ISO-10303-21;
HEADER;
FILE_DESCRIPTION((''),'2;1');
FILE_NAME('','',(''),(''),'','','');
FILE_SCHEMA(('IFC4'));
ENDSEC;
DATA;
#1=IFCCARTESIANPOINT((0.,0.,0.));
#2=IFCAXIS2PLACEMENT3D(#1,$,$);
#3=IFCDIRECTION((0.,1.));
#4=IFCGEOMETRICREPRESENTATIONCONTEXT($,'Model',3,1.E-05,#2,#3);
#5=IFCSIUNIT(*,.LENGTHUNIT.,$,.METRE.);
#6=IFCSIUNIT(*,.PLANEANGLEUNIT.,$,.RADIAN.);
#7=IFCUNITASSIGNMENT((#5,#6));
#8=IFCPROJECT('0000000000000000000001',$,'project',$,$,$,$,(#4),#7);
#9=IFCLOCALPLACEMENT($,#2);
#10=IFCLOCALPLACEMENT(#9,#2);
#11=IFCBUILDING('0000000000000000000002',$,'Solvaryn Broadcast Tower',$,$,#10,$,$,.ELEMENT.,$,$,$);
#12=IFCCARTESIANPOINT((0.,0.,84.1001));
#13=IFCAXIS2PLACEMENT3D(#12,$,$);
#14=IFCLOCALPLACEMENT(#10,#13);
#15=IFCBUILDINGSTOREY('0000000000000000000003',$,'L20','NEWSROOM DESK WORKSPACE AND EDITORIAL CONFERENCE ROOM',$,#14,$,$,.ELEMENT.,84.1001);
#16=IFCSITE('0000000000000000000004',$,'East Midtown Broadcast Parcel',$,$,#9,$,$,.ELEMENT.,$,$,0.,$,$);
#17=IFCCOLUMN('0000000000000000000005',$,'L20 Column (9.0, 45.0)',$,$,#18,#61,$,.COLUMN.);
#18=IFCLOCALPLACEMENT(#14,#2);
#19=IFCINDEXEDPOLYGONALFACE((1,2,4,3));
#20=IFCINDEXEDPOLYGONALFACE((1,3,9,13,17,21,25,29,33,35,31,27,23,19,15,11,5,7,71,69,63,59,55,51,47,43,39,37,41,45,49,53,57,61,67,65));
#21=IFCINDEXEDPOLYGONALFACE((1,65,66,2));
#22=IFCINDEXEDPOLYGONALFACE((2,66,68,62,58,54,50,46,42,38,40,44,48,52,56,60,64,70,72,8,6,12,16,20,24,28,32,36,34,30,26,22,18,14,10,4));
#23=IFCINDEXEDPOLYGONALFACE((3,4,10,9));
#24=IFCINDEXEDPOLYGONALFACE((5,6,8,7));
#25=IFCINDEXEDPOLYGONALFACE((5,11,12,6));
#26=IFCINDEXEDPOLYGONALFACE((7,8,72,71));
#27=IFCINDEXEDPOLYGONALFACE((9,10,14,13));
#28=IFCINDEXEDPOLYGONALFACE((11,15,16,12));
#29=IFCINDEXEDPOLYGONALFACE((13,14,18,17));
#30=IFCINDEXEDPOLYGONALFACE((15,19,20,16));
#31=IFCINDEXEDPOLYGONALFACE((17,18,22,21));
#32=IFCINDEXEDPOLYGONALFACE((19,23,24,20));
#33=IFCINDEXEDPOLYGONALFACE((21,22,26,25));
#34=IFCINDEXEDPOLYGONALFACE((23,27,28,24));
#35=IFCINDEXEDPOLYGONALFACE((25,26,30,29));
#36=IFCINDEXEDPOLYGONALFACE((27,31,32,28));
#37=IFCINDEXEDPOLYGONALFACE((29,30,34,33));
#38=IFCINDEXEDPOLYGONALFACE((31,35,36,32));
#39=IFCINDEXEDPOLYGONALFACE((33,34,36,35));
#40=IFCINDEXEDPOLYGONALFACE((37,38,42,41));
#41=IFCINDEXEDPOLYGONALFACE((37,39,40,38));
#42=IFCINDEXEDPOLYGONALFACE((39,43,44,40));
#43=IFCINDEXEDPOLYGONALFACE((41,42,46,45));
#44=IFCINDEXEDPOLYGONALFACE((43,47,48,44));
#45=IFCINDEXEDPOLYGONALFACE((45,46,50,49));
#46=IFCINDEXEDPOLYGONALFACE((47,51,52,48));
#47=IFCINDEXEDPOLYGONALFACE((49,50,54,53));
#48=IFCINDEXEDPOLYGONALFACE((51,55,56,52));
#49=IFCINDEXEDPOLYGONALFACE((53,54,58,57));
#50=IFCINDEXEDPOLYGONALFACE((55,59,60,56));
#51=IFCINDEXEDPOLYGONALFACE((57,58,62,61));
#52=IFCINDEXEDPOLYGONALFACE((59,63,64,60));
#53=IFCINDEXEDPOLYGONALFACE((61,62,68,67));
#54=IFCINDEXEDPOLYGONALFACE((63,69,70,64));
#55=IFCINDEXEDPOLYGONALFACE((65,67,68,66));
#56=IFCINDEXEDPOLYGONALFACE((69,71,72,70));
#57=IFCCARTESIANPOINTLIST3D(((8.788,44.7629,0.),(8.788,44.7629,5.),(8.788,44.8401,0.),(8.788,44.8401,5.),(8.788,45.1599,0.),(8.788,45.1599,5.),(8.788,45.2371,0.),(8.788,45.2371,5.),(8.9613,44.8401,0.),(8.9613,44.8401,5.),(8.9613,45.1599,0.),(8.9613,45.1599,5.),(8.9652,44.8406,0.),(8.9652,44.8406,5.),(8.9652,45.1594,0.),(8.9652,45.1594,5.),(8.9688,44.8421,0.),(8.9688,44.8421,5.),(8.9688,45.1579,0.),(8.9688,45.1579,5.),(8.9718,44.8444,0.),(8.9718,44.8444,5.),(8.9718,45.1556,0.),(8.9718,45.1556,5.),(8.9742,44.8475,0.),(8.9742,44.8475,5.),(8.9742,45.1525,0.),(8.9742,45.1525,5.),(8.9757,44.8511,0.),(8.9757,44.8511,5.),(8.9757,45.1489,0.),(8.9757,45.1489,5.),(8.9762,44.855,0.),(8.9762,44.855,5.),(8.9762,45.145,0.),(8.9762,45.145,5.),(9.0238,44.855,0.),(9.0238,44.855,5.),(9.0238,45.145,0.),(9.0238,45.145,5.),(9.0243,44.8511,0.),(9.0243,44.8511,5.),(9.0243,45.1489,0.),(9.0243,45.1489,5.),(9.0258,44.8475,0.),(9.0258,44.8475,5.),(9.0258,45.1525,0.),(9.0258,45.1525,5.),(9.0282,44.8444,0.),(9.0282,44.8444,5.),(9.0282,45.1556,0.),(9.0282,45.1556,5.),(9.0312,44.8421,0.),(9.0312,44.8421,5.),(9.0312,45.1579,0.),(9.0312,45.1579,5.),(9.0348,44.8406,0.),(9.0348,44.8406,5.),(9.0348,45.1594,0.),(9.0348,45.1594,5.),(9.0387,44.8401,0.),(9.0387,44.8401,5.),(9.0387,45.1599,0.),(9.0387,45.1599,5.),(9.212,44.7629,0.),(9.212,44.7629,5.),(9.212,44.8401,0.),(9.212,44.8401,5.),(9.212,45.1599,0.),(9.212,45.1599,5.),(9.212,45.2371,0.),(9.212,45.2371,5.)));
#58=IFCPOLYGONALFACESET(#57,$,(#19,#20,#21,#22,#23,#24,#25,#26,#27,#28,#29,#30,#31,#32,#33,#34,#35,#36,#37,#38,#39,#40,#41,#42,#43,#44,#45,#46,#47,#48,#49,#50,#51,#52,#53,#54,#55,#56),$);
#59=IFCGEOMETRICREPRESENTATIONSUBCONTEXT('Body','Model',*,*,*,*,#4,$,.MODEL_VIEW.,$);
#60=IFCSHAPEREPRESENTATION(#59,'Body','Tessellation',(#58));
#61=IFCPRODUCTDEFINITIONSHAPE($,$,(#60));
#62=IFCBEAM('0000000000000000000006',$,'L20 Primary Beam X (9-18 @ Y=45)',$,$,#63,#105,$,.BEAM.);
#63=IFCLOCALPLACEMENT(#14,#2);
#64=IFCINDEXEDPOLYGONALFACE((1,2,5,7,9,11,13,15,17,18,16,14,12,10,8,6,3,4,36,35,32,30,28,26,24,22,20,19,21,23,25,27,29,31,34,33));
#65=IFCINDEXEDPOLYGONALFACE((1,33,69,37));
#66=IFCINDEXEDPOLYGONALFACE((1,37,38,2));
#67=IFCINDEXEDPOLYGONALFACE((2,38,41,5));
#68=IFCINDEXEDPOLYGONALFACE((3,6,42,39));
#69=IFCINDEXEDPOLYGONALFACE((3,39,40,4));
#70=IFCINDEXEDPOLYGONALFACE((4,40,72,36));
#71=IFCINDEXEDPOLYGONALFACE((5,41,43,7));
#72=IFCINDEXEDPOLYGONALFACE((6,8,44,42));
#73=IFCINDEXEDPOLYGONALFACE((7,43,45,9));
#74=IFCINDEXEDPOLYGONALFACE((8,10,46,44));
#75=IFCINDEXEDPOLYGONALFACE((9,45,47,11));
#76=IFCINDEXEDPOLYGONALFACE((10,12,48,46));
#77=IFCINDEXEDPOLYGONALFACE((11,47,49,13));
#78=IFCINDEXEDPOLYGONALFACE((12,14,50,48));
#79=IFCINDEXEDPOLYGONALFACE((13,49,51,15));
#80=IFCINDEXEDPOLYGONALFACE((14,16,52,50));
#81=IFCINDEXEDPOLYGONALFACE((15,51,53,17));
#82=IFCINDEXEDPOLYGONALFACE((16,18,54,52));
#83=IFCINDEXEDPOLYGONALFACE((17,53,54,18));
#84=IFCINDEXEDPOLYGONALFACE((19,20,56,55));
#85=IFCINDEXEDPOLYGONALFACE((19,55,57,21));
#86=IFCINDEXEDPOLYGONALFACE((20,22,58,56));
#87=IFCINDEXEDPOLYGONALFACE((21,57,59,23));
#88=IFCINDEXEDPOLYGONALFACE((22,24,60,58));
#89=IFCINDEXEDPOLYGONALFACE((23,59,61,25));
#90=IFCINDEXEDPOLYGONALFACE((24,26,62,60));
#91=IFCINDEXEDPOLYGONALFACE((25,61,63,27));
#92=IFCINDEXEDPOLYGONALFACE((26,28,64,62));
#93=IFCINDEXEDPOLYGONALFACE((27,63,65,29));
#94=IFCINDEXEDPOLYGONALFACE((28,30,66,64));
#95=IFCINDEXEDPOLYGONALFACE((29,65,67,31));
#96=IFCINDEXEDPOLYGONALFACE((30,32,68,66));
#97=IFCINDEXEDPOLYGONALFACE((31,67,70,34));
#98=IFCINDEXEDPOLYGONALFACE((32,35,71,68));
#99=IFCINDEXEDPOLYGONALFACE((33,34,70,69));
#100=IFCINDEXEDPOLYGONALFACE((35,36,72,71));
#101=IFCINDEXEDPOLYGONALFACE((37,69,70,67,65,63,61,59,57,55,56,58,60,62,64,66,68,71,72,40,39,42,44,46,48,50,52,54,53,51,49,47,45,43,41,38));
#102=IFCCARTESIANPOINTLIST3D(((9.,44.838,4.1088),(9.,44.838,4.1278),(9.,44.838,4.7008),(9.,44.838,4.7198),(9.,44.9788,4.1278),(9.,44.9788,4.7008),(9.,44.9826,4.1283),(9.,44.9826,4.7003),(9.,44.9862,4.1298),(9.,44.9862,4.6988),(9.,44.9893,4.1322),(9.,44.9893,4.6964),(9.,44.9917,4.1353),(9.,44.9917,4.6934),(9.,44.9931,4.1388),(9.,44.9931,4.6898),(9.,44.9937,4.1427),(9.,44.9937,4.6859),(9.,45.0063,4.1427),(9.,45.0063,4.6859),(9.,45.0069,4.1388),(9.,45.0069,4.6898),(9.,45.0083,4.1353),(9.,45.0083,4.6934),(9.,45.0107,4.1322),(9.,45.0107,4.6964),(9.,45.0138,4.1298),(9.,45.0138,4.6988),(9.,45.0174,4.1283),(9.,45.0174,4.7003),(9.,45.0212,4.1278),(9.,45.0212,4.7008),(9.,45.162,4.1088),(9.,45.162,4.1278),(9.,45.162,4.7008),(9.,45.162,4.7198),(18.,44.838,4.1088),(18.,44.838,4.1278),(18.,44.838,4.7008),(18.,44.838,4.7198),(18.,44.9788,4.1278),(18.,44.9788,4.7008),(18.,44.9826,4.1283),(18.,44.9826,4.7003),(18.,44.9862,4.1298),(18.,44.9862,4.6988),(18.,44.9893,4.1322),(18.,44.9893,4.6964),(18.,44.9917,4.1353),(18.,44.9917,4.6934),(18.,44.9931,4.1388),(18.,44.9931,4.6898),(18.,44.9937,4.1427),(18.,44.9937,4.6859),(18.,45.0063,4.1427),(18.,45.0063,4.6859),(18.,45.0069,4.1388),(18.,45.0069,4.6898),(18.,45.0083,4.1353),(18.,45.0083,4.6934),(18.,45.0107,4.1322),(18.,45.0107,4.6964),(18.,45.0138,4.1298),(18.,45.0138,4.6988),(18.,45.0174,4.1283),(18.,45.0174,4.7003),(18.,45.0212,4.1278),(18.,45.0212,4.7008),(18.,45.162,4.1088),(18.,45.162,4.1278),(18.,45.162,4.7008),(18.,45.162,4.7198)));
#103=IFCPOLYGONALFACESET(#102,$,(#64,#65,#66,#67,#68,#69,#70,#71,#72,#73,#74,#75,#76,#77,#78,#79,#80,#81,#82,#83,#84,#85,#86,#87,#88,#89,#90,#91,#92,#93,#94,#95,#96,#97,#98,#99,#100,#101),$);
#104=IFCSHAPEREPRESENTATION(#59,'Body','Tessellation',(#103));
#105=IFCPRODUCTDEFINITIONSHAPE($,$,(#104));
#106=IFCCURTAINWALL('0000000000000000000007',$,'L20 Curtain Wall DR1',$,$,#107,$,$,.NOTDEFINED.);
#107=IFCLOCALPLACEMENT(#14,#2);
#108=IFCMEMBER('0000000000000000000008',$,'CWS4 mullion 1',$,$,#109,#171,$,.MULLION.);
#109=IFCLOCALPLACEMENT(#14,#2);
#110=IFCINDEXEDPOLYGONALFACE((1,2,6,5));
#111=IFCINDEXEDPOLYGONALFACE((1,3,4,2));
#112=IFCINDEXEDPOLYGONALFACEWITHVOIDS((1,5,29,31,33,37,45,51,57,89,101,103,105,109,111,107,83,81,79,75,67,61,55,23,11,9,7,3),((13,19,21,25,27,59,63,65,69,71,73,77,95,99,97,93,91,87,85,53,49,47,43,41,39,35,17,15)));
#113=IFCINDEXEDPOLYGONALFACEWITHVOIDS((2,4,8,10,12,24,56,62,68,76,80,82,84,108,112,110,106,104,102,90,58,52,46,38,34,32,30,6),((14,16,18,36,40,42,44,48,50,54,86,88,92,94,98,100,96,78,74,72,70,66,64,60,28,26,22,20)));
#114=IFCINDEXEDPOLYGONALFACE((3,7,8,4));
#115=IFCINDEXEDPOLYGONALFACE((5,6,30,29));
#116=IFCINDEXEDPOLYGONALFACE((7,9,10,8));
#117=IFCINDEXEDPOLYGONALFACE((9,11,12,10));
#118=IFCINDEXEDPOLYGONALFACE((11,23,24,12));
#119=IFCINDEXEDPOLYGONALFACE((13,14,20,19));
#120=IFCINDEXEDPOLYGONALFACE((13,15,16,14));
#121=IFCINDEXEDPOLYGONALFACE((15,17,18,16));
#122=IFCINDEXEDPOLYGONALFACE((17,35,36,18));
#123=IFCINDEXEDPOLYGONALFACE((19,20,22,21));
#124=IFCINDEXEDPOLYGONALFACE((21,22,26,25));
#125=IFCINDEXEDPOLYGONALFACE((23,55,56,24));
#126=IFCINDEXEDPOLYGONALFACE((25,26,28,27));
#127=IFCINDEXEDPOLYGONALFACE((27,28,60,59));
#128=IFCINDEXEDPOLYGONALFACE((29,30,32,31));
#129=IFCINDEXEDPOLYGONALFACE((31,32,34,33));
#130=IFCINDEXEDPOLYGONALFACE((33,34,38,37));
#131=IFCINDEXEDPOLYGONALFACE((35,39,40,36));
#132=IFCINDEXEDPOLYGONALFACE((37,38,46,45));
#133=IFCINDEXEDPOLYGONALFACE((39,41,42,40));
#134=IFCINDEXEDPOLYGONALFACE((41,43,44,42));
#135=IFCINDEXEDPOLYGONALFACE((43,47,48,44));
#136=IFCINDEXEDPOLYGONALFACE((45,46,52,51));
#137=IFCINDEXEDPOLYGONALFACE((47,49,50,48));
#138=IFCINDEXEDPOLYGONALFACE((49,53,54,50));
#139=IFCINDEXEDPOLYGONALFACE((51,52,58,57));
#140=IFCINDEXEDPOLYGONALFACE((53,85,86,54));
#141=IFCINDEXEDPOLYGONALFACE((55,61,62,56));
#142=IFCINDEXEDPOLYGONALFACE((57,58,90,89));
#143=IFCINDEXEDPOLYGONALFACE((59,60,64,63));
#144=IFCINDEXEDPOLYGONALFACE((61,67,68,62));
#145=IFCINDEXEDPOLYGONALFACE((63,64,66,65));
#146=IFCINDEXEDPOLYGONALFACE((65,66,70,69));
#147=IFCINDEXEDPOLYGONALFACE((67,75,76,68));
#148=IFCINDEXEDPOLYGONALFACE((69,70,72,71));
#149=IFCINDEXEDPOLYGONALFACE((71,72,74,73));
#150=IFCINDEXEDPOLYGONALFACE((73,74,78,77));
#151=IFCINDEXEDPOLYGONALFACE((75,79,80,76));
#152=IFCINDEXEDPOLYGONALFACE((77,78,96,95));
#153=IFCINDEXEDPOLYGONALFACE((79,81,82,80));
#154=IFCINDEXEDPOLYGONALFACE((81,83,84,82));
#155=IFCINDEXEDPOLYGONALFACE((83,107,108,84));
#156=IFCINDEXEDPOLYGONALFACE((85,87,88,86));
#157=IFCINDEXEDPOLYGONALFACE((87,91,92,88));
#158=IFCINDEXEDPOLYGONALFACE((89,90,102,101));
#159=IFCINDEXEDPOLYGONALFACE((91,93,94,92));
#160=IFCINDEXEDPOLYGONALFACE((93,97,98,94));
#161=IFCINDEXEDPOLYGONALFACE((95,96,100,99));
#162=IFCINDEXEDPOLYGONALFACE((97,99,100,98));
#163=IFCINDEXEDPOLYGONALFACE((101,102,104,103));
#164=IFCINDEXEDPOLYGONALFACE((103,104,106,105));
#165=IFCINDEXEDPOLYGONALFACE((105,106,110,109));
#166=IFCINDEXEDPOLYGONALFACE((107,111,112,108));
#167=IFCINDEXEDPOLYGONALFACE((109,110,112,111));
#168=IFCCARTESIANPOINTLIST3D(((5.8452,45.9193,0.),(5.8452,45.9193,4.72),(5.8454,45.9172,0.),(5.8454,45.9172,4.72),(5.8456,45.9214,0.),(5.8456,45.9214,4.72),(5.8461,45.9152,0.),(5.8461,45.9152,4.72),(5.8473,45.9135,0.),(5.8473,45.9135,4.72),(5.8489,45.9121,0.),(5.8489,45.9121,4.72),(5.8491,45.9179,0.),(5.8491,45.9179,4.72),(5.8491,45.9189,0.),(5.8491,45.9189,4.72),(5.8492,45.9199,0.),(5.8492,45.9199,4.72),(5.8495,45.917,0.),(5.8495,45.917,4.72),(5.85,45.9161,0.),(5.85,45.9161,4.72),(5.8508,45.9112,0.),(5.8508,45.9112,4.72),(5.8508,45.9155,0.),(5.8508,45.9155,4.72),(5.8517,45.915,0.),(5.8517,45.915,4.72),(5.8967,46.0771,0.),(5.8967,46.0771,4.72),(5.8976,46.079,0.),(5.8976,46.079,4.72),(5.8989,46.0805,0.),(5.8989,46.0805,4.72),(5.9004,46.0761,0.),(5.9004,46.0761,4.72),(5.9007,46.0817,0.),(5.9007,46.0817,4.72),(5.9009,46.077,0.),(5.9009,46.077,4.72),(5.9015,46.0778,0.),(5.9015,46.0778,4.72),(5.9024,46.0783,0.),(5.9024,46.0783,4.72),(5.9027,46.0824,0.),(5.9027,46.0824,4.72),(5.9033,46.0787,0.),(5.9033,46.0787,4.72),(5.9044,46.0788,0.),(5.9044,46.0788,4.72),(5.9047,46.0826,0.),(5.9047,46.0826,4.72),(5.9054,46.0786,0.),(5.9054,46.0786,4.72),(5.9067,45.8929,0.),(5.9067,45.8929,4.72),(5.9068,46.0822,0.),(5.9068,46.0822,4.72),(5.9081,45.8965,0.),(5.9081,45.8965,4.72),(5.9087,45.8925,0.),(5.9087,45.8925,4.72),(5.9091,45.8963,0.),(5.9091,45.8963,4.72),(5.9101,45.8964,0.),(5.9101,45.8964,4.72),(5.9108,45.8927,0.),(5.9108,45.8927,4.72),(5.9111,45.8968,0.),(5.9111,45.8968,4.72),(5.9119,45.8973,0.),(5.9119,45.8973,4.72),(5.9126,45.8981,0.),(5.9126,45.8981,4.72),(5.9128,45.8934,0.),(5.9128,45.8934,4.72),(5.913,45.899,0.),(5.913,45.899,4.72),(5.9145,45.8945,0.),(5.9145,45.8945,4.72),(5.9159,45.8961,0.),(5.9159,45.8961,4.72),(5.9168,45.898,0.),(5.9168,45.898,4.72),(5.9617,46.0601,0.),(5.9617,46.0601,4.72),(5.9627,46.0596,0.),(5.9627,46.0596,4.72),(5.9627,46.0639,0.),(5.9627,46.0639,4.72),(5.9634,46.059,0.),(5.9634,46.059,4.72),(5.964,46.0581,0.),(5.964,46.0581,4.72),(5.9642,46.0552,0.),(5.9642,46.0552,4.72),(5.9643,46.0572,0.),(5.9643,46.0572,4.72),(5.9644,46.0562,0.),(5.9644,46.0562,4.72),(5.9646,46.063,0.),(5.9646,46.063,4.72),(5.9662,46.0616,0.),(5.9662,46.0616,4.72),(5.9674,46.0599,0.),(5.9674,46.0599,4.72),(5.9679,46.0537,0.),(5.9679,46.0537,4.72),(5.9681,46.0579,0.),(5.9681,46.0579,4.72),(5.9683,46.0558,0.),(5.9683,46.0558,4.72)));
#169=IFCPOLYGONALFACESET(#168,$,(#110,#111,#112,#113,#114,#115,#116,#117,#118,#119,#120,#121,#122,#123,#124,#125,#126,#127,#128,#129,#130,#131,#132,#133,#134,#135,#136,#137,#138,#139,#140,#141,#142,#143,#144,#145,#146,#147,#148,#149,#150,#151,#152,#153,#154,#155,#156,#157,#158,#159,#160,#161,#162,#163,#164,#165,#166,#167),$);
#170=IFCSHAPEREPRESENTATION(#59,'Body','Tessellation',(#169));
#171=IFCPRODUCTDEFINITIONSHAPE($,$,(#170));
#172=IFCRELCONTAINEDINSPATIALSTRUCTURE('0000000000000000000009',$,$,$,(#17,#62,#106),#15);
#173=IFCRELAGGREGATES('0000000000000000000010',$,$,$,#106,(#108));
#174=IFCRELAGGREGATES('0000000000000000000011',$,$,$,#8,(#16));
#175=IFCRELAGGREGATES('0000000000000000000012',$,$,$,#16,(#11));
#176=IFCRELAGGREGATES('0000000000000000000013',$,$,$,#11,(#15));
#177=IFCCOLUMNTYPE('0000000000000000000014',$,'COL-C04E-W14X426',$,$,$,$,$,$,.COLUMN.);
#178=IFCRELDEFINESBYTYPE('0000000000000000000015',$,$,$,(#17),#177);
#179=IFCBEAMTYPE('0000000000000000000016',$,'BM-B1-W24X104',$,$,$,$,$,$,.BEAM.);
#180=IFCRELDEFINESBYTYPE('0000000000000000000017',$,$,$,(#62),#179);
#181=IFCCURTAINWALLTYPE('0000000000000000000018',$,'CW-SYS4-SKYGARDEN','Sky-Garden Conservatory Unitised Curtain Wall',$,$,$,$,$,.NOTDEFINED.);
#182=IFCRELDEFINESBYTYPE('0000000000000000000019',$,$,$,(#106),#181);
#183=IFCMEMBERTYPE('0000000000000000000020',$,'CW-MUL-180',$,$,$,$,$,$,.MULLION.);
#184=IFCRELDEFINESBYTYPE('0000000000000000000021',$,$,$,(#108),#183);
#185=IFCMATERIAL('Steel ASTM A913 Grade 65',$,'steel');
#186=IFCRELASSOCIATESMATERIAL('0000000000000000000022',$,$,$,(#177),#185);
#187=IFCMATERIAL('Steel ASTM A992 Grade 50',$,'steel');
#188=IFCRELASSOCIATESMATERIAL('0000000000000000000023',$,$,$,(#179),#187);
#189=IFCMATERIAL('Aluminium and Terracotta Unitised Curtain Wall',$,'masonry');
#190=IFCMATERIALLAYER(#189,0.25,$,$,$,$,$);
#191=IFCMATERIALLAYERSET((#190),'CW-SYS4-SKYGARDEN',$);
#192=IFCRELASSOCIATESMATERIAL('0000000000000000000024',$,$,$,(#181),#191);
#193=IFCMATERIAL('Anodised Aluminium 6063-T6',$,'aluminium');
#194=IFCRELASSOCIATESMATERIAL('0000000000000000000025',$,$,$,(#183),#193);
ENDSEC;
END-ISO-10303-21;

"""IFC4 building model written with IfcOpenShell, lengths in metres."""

from ifc_helpers import new_model, si_unit, direction, frame, origin, origin_2d, place, context, subcontext, project, spatial, hollow_rectangle, i_section, extrude, material, layer, layer_set, material_profile, profile_set, type_object, element, aggregate, save


model = new_model("IFC4")

# Units and contexts
model_context = context("Model", 3, precision=1e-05, world=origin(), true_north=direction((0.0, 1.0)))
body_context = subcontext(model_context, "Body", "Model", "MODEL_VIEW")
ifc_project = project(units=[si_unit("LENGTHUNIT", "METRE"), si_unit("PLANEANGLEUNIT", "RADIAN")], contexts=[model_context])

# Site, building, storey
site_placement = place(None, origin())
site = spatial("IfcSite", under=ifc_project, at=site_placement, Name="East Midtown Broadcast Parcel", CompositionType="ELEMENT", RefElevation=0.0)
building_placement = place(site_placement, origin())
building = spatial("IfcBuilding", under=site, at=building_placement, Name="Solvaryn Broadcast Tower", CompositionType="ELEMENT")
storey_placement = place(building_placement, frame((0.0, 0.0, 84.1001)))
storey = spatial("IfcBuildingStorey", under=building, at=storey_placement, Name="L20", Description="NEWSROOM DESK WORKSPACE AND EDITORIAL CONFERENCE ROOM", CompositionType="ELEMENT", Elevation=84.1001)

# Column
ifc_material_1 = material(Name="Steel ASTM A913 Grade 65", Category="steel")
ifc_material_profile_1 = material_profile(ifc_material_1, i_section(OverallWidth=0.4241, OverallDepth=0.4741, WebThickness=0.0476, FlangeThickness=0.0771, FilletRadius=0.0149, at=origin_2d()))
ifc_profile_set_1 = profile_set([ifc_material_profile_1], Name="Steel ASTM A913 Grade 65")
column_type = type_object("IfcColumnType", Name="COL-C04E-W14X426", PredefinedType="COLUMN", material=ifc_profile_set_1)
column_placement = place(storey_placement, frame((9.0, 45.0, 0.0), z_axis=(0.0, 0.0, 1.0), x_axis=(1.0, 0.0, 0.0)))
element("IfcColumn", 1, at=column_placement, inside=storey, type_object=column_type, Name="L20 Column (9.0, 45.0)", PredefinedType="COLUMN", context=body_context, shape_type="SweptSolid", body=[
    extrude(i_section(OverallWidth=0.4241, OverallDepth=0.4741, WebThickness=0.0476, FlangeThickness=0.0771, FilletRadius=0.0149, at=origin_2d()), origin(), (0.0, 0.0, 1.0), 5.0),
])

# Beam
ifc_material_2 = material(Name="Steel ASTM A992 Grade 50", Category="steel")
ifc_material_profile_2 = material_profile(ifc_material_2, i_section(OverallWidth=0.324, OverallDepth=0.6111, WebThickness=0.0127, FlangeThickness=0.019, FilletRadius=0.0149, at=origin_2d()))
ifc_profile_set_2 = profile_set([ifc_material_profile_2], Name="Steel ASTM A992 Grade 50")
beam_type = type_object("IfcBeamType", Name="BM-B1-W24X104", PredefinedType="BEAM", material=ifc_profile_set_2)
beam_placement = place(storey_placement, frame((9.0, 45.0, 4.4143), z_axis=(1.0, 0.0, 0.0), x_axis=(0.0, 1.0, 0.0)))
element("IfcBeam", 2, at=beam_placement, inside=storey, type_object=beam_type, Name="L20 Primary Beam X (9-18 @ Y=45)", PredefinedType="BEAM", context=body_context, shape_type="SweptSolid", body=[
    extrude(i_section(OverallWidth=0.324, OverallDepth=0.6111, WebThickness=0.0127, FlangeThickness=0.019, FilletRadius=0.0149, at=origin_2d()), origin(), (0.0, 0.0, 1.0), 9.0),
])

# Curtain wall, member
ifc_material_3 = material(Name="Aluminium and Terracotta Unitised Curtain Wall", Category="masonry")
ifc_layer_1 = layer(ifc_material_3, 0.25)
ifc_layer_set_1 = layer_set([ifc_layer_1], Name="CW-SYS4-SKYGARDEN")
curtain_wall_type = type_object("IfcCurtainWallType", Name="CW-SYS4-SKYGARDEN", Description="Sky-Garden Conservatory Unitised Curtain Wall", PredefinedType="NOTDEFINED", material=ifc_layer_set_1)
curtain_wall_1_placement = place(storey_placement, origin())
curtain_wall_1 = element("IfcCurtainWall", 3, at=curtain_wall_1_placement, inside=storey, type_object=curtain_wall_type, Name="L20 Curtain Wall DR1", PredefinedType="NOTDEFINED")
ifc_material_4 = material(Name="Anodised Aluminium 6063-T6", Category="aluminium")
ifc_material_profile_3 = material_profile(ifc_material_4, hollow_rectangle(XDim=0.075, YDim=0.1799, WallThickness=0.0039, InnerFilletRadius=0.0039, OuterFilletRadius=0.0081, at=origin_2d()))
ifc_profile_set_3 = profile_set([ifc_material_profile_3], Name="Anodised Aluminium 6063-T6")
member_type_1 = type_object("IfcMemberType", Name="CW-MUL-180", PredefinedType="MULLION", material=ifc_profile_set_3)
member_1_placement = place(storey_placement, frame((5.9067, 45.9875, 0.0), z_axis=(0.0, 0.0, 1.0), x_axis=(0.950215, -0.311594, 0.0)))
member_1 = element("IfcMember", 4, at=member_1_placement, type_object=member_type_1, Name="CWS4 mullion 1", PredefinedType="MULLION", context=body_context, shape_type="SweptSolid", body=[
    extrude(hollow_rectangle(XDim=0.075, YDim=0.1799, WallThickness=0.0039, InnerFilletRadius=0.0039, OuterFilletRadius=0.0081, at=origin_2d()), origin(), (0.0, 0.0, 1.0), 4.72),
])

aggregate(curtain_wall_1, [member_1])

save(model, "model.ifc")
